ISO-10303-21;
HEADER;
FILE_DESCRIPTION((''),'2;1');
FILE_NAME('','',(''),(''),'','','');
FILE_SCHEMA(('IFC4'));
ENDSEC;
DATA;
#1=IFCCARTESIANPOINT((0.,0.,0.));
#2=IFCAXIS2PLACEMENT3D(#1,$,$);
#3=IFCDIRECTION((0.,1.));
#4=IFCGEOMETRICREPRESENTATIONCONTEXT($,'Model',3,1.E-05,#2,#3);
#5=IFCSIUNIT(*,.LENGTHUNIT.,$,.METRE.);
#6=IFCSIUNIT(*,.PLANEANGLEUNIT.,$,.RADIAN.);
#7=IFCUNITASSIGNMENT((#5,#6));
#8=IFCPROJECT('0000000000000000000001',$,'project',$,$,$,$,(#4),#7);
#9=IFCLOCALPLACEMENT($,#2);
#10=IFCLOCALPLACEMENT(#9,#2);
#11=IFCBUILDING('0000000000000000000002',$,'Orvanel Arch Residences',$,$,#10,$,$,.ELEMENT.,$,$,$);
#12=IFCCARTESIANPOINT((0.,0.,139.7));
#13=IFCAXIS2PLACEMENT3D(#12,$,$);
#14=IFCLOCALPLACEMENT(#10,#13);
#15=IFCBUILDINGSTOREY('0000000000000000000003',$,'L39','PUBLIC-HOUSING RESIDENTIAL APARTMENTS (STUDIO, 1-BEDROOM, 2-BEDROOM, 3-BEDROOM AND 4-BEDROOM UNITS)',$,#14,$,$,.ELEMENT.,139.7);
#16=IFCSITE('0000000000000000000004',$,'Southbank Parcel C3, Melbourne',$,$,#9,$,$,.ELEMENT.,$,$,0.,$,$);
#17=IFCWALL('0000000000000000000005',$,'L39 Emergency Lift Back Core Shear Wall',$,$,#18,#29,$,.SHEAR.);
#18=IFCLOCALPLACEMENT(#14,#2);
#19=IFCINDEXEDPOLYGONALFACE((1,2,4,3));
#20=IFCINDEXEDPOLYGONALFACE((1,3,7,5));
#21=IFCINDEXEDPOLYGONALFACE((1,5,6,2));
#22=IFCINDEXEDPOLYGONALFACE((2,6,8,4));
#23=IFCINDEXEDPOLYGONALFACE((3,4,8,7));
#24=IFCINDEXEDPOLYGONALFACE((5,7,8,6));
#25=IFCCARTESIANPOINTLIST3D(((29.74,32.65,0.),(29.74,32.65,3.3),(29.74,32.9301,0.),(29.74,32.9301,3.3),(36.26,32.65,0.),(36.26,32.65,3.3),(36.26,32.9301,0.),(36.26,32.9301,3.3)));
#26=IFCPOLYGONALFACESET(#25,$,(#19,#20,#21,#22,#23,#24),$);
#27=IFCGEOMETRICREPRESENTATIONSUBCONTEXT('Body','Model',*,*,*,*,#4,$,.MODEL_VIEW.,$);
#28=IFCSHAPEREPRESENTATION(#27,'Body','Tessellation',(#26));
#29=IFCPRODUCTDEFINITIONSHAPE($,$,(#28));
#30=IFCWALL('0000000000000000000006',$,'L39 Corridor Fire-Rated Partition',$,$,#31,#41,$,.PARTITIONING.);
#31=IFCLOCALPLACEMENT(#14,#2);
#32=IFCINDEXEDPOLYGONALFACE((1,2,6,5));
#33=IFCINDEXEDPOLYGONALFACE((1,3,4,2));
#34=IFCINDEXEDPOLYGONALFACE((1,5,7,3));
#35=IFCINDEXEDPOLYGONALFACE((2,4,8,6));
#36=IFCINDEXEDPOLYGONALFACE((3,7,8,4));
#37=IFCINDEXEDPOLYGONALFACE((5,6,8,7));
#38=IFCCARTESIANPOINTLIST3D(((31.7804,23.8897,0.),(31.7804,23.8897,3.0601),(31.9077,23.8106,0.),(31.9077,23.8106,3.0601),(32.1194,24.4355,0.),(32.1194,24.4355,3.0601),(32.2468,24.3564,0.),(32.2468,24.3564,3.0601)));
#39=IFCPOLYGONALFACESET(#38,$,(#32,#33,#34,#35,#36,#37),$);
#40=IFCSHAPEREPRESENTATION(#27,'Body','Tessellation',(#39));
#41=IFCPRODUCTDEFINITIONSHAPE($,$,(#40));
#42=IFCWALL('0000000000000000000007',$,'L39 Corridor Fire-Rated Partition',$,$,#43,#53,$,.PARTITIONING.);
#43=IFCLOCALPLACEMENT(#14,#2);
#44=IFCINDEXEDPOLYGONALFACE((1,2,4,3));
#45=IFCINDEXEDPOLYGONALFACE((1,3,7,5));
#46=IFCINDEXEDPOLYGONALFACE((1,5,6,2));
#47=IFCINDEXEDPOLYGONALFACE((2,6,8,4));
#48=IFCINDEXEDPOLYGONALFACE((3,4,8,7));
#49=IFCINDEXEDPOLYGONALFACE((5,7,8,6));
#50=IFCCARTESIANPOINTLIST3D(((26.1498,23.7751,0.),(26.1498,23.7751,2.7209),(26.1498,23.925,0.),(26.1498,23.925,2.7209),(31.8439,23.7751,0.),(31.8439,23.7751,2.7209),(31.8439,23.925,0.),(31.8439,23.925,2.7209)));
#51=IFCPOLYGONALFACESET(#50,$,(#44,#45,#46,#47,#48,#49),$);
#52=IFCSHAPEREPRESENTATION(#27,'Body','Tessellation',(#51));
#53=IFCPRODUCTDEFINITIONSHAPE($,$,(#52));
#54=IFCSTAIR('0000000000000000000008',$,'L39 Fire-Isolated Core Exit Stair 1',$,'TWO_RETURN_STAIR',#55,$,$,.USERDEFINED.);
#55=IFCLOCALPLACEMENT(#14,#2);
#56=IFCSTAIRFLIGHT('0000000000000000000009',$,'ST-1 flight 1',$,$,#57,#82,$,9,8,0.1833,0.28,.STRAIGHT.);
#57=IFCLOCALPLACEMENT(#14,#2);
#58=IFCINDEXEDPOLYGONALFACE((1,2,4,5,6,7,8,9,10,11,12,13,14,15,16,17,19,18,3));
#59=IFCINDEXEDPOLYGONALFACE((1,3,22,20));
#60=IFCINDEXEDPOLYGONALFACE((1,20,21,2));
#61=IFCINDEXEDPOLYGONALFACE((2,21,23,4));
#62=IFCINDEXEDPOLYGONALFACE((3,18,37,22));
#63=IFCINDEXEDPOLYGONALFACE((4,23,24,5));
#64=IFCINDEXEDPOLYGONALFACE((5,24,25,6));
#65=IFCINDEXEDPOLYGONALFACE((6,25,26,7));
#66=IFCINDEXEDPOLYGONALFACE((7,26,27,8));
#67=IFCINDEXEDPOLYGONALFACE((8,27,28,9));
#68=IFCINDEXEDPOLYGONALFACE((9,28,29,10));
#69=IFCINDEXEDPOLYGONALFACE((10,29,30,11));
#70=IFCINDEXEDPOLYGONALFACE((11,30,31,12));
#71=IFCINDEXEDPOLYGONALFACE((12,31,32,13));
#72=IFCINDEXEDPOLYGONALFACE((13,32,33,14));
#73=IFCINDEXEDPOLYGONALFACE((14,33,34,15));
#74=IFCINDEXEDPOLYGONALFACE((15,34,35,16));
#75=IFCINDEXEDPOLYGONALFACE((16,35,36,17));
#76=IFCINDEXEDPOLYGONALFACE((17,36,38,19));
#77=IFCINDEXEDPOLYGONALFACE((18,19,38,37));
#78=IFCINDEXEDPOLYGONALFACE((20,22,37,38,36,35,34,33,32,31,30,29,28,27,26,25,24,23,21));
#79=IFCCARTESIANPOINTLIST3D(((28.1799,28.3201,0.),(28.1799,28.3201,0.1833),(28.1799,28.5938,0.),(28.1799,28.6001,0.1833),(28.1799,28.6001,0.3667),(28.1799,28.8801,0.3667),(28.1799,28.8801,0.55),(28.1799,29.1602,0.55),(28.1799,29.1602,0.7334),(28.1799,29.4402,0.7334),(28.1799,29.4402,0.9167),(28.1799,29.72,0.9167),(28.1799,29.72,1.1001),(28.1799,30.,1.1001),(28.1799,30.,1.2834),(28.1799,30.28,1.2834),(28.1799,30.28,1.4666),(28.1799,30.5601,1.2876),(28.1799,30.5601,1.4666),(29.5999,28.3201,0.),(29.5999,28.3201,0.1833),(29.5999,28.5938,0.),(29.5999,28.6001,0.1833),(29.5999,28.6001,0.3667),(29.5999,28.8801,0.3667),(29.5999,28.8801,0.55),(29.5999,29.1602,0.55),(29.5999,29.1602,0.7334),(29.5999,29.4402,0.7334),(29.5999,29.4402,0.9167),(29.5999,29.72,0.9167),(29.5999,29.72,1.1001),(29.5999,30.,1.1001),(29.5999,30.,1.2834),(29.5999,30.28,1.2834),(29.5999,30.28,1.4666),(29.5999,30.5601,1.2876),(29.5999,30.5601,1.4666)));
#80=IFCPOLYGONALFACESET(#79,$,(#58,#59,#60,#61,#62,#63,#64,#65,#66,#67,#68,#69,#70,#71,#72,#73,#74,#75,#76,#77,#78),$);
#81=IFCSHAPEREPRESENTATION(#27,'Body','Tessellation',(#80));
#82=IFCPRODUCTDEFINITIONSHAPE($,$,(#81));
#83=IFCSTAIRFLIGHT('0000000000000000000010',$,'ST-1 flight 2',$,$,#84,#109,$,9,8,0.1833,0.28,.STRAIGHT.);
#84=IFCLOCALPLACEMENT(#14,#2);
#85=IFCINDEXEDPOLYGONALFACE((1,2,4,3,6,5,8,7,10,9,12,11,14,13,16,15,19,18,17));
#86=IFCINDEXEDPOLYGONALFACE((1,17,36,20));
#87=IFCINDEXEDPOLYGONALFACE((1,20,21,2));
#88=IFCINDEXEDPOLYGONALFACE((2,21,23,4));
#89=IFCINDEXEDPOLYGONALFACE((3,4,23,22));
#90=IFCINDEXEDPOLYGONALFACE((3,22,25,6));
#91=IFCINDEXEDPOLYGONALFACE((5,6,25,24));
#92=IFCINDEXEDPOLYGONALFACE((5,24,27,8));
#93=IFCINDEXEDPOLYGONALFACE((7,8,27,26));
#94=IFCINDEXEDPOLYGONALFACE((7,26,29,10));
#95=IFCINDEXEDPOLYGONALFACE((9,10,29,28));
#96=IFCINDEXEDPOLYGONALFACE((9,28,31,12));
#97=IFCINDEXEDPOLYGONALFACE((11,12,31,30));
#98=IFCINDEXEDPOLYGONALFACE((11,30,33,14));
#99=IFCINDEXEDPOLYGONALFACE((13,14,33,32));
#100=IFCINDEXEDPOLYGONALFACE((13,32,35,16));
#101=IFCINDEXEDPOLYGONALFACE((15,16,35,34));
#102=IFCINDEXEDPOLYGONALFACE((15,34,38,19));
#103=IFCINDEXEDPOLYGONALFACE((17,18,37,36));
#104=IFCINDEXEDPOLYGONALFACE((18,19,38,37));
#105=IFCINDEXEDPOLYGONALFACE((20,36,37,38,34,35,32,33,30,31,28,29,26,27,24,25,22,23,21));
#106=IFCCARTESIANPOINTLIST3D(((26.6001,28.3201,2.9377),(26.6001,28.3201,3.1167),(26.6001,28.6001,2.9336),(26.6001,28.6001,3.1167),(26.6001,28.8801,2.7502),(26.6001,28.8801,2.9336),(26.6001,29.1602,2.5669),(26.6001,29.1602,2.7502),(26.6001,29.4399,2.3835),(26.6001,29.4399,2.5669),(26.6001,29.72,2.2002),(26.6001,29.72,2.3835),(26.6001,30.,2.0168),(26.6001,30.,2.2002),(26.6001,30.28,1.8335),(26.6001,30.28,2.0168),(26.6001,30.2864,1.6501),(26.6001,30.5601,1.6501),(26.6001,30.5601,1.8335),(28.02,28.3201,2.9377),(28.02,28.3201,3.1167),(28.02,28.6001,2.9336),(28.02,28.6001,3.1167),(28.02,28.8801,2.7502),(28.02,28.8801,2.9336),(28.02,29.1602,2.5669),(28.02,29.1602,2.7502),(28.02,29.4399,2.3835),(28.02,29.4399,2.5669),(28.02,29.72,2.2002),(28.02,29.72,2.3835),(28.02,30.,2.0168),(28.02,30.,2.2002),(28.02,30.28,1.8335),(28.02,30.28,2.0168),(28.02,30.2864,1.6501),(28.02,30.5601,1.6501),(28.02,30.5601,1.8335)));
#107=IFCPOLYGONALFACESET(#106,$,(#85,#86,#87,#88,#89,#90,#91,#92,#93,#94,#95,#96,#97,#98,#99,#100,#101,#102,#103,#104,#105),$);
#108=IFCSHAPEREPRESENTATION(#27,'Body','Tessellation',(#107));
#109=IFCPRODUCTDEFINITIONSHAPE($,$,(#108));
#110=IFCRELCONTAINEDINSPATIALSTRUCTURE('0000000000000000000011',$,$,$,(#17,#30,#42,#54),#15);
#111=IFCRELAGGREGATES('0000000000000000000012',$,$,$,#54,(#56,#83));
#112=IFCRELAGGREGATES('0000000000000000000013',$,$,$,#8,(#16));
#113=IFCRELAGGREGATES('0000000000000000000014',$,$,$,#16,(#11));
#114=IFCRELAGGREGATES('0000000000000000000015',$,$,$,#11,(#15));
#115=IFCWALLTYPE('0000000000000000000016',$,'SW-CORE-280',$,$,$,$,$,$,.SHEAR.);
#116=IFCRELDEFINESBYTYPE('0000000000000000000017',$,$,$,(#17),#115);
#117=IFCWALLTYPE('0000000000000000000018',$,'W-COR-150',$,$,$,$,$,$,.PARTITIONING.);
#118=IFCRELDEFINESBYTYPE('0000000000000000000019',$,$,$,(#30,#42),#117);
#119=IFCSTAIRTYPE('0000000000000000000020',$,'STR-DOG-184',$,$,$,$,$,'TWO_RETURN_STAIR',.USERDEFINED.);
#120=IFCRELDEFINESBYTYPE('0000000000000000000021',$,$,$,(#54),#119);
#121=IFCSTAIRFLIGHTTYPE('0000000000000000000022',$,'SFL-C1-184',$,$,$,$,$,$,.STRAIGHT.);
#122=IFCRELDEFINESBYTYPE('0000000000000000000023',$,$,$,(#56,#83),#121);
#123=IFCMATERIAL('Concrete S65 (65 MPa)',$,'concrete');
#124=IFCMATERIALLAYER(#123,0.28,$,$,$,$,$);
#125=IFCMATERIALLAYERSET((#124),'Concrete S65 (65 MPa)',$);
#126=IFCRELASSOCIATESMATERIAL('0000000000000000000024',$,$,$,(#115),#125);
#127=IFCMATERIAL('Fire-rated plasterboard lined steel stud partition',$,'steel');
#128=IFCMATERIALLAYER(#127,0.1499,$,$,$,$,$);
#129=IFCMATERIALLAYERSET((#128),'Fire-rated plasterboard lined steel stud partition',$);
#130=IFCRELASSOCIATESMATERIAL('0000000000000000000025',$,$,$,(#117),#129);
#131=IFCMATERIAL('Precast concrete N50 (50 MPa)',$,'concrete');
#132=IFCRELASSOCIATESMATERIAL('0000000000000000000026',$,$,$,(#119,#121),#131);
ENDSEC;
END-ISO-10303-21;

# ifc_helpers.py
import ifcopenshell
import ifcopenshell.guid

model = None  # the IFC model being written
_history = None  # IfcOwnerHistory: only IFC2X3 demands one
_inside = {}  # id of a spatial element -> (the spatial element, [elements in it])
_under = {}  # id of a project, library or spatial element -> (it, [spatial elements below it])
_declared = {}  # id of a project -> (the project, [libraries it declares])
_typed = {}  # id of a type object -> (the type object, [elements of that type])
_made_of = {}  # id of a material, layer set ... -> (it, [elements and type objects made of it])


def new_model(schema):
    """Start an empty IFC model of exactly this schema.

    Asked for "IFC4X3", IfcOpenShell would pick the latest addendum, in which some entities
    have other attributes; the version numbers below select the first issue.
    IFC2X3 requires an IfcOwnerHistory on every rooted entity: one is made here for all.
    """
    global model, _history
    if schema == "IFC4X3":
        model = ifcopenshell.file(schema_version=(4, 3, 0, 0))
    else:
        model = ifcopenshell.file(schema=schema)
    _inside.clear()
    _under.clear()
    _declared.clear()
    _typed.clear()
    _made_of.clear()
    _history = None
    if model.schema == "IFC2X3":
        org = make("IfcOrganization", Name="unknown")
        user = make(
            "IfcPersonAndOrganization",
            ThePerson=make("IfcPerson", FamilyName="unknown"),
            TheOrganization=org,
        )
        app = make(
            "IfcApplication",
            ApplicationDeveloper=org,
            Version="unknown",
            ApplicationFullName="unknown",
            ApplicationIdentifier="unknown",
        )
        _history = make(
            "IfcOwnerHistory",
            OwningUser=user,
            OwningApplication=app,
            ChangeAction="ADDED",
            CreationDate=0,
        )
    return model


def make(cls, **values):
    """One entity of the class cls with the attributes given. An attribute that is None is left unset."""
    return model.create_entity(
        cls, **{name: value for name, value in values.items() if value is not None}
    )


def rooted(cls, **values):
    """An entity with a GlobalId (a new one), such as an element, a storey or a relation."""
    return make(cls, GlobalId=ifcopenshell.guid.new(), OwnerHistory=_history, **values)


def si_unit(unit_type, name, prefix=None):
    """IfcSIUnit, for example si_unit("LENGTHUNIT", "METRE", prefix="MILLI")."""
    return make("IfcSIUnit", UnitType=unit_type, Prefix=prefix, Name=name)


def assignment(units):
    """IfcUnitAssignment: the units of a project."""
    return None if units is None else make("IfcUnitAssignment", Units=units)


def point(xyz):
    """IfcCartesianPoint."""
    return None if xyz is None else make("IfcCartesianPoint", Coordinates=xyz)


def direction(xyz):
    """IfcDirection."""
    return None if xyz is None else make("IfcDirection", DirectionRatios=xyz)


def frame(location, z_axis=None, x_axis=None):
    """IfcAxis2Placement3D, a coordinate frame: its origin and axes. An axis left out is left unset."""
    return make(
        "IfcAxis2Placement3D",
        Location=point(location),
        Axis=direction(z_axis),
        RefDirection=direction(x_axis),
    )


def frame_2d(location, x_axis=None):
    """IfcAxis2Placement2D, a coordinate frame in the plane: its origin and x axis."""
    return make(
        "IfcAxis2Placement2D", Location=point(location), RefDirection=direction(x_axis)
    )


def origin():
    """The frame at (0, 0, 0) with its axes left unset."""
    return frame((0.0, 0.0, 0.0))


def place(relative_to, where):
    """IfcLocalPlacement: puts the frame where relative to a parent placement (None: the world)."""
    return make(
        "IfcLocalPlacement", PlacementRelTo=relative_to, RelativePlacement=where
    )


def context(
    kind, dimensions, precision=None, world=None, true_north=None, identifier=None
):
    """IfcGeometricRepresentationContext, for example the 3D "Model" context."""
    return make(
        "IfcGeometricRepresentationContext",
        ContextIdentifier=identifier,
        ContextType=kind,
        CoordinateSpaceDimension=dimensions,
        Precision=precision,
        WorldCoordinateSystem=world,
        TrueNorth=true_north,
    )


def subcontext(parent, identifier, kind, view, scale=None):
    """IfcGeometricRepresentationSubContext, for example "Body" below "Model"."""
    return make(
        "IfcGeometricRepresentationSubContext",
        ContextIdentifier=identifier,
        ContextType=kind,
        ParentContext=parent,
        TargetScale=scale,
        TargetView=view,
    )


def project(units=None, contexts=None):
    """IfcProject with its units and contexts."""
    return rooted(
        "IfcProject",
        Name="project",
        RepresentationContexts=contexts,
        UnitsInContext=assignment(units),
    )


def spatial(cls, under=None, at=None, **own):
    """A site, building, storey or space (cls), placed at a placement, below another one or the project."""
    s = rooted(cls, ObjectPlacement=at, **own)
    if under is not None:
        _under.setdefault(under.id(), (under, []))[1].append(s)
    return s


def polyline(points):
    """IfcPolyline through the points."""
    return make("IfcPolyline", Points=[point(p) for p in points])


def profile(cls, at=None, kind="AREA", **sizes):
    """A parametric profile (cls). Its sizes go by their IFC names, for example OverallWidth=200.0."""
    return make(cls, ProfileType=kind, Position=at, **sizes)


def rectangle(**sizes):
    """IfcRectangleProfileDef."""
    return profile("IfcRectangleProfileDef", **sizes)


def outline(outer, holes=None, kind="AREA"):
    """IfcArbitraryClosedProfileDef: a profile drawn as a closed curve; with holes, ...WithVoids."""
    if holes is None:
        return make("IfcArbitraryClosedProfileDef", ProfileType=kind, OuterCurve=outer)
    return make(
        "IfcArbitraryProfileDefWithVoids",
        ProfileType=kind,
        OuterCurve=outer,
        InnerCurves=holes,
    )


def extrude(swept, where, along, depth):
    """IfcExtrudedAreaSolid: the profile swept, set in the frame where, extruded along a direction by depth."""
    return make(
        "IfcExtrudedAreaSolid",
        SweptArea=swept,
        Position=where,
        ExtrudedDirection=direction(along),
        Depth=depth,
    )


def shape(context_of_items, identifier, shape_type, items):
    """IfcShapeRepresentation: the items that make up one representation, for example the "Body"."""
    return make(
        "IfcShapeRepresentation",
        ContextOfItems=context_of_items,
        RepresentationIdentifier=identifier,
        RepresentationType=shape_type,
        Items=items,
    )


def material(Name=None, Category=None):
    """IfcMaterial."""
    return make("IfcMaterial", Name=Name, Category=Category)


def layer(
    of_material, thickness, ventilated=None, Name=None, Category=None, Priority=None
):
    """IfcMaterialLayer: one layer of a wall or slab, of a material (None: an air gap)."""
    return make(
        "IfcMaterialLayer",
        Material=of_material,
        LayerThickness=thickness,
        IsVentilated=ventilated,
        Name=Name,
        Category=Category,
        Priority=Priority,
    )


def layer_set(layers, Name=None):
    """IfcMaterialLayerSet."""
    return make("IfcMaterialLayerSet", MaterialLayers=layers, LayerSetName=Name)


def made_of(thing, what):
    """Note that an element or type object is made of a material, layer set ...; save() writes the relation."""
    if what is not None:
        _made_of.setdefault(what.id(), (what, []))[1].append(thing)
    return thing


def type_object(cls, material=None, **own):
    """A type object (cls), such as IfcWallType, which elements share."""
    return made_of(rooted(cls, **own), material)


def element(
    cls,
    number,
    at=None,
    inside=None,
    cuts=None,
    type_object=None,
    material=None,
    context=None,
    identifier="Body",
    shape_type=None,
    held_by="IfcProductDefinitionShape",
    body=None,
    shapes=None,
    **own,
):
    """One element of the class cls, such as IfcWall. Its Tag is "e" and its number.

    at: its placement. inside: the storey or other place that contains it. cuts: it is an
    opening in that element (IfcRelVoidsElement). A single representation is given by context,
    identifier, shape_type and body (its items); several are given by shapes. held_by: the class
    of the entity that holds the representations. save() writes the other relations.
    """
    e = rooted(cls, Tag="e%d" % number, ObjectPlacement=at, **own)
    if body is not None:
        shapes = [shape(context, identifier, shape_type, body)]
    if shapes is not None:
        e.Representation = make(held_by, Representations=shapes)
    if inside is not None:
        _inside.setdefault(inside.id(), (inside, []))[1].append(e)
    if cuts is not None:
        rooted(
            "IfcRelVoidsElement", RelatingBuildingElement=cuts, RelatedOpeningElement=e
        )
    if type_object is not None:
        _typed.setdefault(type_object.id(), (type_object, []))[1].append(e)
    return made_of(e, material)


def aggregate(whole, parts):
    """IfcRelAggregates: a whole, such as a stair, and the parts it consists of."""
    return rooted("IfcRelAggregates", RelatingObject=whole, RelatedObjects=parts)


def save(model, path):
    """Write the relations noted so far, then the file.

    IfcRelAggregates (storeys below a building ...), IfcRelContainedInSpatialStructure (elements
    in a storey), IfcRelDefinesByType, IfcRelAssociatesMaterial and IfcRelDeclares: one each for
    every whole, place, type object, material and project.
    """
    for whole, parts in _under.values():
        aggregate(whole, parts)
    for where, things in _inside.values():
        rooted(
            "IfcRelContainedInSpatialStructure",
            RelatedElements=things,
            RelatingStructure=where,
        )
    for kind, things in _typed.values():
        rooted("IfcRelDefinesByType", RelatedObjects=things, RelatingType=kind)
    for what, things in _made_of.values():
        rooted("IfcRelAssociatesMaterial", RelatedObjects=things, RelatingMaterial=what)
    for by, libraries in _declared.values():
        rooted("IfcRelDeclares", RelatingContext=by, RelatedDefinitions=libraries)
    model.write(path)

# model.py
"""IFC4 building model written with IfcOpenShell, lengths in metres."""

from ifc_helpers import new_model, si_unit, direction, frame, frame_2d, origin, place, context, subcontext, project, spatial, polyline, rectangle, outline, extrude, material, layer, layer_set, type_object, element, aggregate, save


model = new_model("IFC4")

# Units and contexts
model_context = context("Model", 3, precision=1e-05, world=origin(), true_north=direction((0.0, 1.0)))
body_context = subcontext(model_context, "Body", "Model", "MODEL_VIEW")
ifc_project = project(units=[si_unit("LENGTHUNIT", "METRE"), si_unit("PLANEANGLEUNIT", "RADIAN")], contexts=[model_context])

# Site, building, storey
site_placement = place(None, origin())
site = spatial("IfcSite", under=ifc_project, at=site_placement, Name="Southbank Parcel C3, Melbourne", CompositionType="ELEMENT", RefElevation=0.0)
building_placement = place(site_placement, origin())
building = spatial("IfcBuilding", under=site, at=building_placement, Name="Orvanel Arch Residences", CompositionType="ELEMENT")
storey_placement = place(building_placement, frame((0.0, 0.0, 139.7)))
storey = spatial("IfcBuildingStorey", under=building, at=storey_placement, Name="L39", Description="PUBLIC-HOUSING RESIDENTIAL APARTMENTS (STUDIO, 1-BEDROOM, 2-BEDROOM, 3-BEDROOM AND 4-BEDROOM UNITS)", CompositionType="ELEMENT", Elevation=139.7)

# Shared definitions
ifc_material_1 = material(Name="Concrete S65 (65 MPa)", Category="concrete")
ifc_layer_1 = layer(ifc_material_1, 0.28)
ifc_layer_set_1 = layer_set([ifc_layer_1], Name="Concrete S65 (65 MPa)")
wall_type_1 = type_object("IfcWallType", Name="SW-CORE-280", PredefinedType="SHEAR", material=ifc_layer_set_1)

# Walls
wall_1_placement = place(storey_placement, frame((29.74, 32.79, 0.0), z_axis=(0.0, 0.0, 1.0), x_axis=(1.0, 0.0, 0.0)))
element("IfcWall", 1, at=wall_1_placement, inside=storey, type_object=wall_type_1, Name="L39 Emergency Lift Back Core Shear Wall", PredefinedType="SHEAR", context=body_context, shape_type="SweptSolid", body=[
    extrude(rectangle(XDim=6.52, YDim=0.28, at=frame_2d((3.26, 0.0))), origin(), (0.0, 0.0, 1.0), 3.3),
])
ifc_material_2 = material(Name="Fire-rated plasterboard lined steel stud partition", Category="steel")
ifc_layer_2 = layer(ifc_material_2, 0.1499)
ifc_layer_set_2 = layer_set([ifc_layer_2], Name="Fire-rated plasterboard lined steel stud partition")
wall_type_2 = type_object("IfcWallType", Name="W-COR-150", PredefinedType="PARTITIONING", material=ifc_layer_set_2)
wall_2_placement = place(storey_placement, frame((32.1831, 24.396, 0.0), z_axis=(0.0, 0.0, 1.0), x_axis=(-0.527675, -0.849446, 0.0)))
element("IfcWall", 2, at=wall_2_placement, inside=storey, type_object=wall_type_2, Name="L39 Corridor Fire-Rated Partition", PredefinedType="PARTITIONING", context=body_context, shape_type="SweptSolid", body=[
    extrude(rectangle(XDim=0.6426, YDim=0.1499, at=frame_2d((0.3213, 0.0))), origin(), (0.0, 0.0, 1.0), 3.0601),
])
wall_3_placement = place(storey_placement, frame((31.844, 23.8501, 0.0), z_axis=(0.0, 0.0, 1.0), x_axis=(-1.0, 0.0, 0.0)))
element("IfcWall", 3, at=wall_3_placement, inside=storey, type_object=wall_type_2, Name="L39 Corridor Fire-Rated Partition", PredefinedType="PARTITIONING", context=body_context, shape_type="SweptSolid", body=[
    extrude(rectangle(XDim=5.6941, YDim=0.1499, at=frame_2d((2.8472, 0.0))), origin(), (0.0, 0.0, 1.0), 2.7209),
])

# Stair, stair flights
ifc_material_3 = material(Name="Precast concrete N50 (50 MPa)", Category="concrete")
stair_type = type_object("IfcStairType", Name="STR-DOG-184", ElementType="TWO_RETURN_STAIR", PredefinedType="USERDEFINED", material=ifc_material_3)
stair_placement = place(storey_placement, origin())
stair = element("IfcStair", 4, at=stair_placement, inside=storey, type_object=stair_type, Name="L39 Fire-Isolated Core Exit Stair 1", ObjectType="TWO_RETURN_STAIR", PredefinedType="USERDEFINED")
stair_flight_type = type_object("IfcStairFlightType", Name="SFL-C1-184", PredefinedType="STRAIGHT", material=ifc_material_3)
stair_flight_1_placement = place(storey_placement, frame((28.8899, 28.3201, 0.0), z_axis=(0.0, 0.0, 1.0), x_axis=(0.0, 1.0, 0.0)))
stair_flight_1 = element("IfcStairFlight", 5, at=stair_flight_1_placement, type_object=stair_flight_type, Name="ST-1 flight 1", NumberOfRisers=9, NumberOfTreads=8, PredefinedType="STRAIGHT", RiserHeight=0.1833, TreadLength=0.28, context=body_context, shape_type="SweptSolid", body=[
    extrude(outline(polyline([(0.0, 0.0), (0.0, 0.1833), (0.28, 0.1833), (0.28, 0.3667), (0.5601, 0.3667), (0.5601, 0.55), (0.8401, 0.55), (0.8401, 0.7334), (1.1201, 0.7334), (1.1201, 0.9167), (1.3999, 0.9167), (1.3999, 1.1001), (1.6799, 1.1001), (1.6799, 1.2834), (1.96, 1.2834), (1.96, 1.4666), (2.24, 1.4666), (2.24, 1.6499), (2.24, 1.2876), (0.2737, 0.0), (0.0, 0.0)])), frame((0.0, 0.71, 0.0), z_axis=(0.0, -1.0, 0.0), x_axis=(1.0, 0.0, 0.0)), (0.0, 0.0, 1.0), 1.4199),
])
stair_flight_2_placement = place(storey_placement, frame((27.3101, 30.5601, 1.6501), z_axis=(0.0, 0.0, 1.0), x_axis=(0.0, -1.0, 0.0)))
stair_flight_2 = element("IfcStairFlight", 6, at=stair_flight_2_placement, type_object=stair_flight_type, Name="ST-1 flight 2", NumberOfRisers=9, NumberOfTreads=8, PredefinedType="STRAIGHT", RiserHeight=0.1833, TreadLength=0.28, context=body_context, shape_type="SweptSolid", body=[
    extrude(outline(polyline([(0.0, 0.0), (0.0, 0.1833), (0.28, 0.1833), (0.28, 0.3667), (0.5601, 0.3667), (0.5601, 0.55), (0.8401, 0.55), (0.8401, 0.7334), (1.1201, 0.7334), (1.1201, 0.9167), (1.3999, 0.9167), (1.3999, 1.1001), (1.6799, 1.1001), (1.6799, 1.2834), (1.96, 1.2834), (1.96, 1.4666), (2.24, 1.4666), (2.24, 1.6499), (2.24, 1.2876), (0.2737, 0.0), (0.0, 0.0)])), frame((0.0, 0.71, 0.0), z_axis=(0.0, -1.0, 0.0), x_axis=(1.0, 0.0, 0.0)), (0.0, 0.0, 1.0), 1.4199),
])
aggregate(stair, [stair_flight_1, stair_flight_2])

save(model, "model.ifc")
